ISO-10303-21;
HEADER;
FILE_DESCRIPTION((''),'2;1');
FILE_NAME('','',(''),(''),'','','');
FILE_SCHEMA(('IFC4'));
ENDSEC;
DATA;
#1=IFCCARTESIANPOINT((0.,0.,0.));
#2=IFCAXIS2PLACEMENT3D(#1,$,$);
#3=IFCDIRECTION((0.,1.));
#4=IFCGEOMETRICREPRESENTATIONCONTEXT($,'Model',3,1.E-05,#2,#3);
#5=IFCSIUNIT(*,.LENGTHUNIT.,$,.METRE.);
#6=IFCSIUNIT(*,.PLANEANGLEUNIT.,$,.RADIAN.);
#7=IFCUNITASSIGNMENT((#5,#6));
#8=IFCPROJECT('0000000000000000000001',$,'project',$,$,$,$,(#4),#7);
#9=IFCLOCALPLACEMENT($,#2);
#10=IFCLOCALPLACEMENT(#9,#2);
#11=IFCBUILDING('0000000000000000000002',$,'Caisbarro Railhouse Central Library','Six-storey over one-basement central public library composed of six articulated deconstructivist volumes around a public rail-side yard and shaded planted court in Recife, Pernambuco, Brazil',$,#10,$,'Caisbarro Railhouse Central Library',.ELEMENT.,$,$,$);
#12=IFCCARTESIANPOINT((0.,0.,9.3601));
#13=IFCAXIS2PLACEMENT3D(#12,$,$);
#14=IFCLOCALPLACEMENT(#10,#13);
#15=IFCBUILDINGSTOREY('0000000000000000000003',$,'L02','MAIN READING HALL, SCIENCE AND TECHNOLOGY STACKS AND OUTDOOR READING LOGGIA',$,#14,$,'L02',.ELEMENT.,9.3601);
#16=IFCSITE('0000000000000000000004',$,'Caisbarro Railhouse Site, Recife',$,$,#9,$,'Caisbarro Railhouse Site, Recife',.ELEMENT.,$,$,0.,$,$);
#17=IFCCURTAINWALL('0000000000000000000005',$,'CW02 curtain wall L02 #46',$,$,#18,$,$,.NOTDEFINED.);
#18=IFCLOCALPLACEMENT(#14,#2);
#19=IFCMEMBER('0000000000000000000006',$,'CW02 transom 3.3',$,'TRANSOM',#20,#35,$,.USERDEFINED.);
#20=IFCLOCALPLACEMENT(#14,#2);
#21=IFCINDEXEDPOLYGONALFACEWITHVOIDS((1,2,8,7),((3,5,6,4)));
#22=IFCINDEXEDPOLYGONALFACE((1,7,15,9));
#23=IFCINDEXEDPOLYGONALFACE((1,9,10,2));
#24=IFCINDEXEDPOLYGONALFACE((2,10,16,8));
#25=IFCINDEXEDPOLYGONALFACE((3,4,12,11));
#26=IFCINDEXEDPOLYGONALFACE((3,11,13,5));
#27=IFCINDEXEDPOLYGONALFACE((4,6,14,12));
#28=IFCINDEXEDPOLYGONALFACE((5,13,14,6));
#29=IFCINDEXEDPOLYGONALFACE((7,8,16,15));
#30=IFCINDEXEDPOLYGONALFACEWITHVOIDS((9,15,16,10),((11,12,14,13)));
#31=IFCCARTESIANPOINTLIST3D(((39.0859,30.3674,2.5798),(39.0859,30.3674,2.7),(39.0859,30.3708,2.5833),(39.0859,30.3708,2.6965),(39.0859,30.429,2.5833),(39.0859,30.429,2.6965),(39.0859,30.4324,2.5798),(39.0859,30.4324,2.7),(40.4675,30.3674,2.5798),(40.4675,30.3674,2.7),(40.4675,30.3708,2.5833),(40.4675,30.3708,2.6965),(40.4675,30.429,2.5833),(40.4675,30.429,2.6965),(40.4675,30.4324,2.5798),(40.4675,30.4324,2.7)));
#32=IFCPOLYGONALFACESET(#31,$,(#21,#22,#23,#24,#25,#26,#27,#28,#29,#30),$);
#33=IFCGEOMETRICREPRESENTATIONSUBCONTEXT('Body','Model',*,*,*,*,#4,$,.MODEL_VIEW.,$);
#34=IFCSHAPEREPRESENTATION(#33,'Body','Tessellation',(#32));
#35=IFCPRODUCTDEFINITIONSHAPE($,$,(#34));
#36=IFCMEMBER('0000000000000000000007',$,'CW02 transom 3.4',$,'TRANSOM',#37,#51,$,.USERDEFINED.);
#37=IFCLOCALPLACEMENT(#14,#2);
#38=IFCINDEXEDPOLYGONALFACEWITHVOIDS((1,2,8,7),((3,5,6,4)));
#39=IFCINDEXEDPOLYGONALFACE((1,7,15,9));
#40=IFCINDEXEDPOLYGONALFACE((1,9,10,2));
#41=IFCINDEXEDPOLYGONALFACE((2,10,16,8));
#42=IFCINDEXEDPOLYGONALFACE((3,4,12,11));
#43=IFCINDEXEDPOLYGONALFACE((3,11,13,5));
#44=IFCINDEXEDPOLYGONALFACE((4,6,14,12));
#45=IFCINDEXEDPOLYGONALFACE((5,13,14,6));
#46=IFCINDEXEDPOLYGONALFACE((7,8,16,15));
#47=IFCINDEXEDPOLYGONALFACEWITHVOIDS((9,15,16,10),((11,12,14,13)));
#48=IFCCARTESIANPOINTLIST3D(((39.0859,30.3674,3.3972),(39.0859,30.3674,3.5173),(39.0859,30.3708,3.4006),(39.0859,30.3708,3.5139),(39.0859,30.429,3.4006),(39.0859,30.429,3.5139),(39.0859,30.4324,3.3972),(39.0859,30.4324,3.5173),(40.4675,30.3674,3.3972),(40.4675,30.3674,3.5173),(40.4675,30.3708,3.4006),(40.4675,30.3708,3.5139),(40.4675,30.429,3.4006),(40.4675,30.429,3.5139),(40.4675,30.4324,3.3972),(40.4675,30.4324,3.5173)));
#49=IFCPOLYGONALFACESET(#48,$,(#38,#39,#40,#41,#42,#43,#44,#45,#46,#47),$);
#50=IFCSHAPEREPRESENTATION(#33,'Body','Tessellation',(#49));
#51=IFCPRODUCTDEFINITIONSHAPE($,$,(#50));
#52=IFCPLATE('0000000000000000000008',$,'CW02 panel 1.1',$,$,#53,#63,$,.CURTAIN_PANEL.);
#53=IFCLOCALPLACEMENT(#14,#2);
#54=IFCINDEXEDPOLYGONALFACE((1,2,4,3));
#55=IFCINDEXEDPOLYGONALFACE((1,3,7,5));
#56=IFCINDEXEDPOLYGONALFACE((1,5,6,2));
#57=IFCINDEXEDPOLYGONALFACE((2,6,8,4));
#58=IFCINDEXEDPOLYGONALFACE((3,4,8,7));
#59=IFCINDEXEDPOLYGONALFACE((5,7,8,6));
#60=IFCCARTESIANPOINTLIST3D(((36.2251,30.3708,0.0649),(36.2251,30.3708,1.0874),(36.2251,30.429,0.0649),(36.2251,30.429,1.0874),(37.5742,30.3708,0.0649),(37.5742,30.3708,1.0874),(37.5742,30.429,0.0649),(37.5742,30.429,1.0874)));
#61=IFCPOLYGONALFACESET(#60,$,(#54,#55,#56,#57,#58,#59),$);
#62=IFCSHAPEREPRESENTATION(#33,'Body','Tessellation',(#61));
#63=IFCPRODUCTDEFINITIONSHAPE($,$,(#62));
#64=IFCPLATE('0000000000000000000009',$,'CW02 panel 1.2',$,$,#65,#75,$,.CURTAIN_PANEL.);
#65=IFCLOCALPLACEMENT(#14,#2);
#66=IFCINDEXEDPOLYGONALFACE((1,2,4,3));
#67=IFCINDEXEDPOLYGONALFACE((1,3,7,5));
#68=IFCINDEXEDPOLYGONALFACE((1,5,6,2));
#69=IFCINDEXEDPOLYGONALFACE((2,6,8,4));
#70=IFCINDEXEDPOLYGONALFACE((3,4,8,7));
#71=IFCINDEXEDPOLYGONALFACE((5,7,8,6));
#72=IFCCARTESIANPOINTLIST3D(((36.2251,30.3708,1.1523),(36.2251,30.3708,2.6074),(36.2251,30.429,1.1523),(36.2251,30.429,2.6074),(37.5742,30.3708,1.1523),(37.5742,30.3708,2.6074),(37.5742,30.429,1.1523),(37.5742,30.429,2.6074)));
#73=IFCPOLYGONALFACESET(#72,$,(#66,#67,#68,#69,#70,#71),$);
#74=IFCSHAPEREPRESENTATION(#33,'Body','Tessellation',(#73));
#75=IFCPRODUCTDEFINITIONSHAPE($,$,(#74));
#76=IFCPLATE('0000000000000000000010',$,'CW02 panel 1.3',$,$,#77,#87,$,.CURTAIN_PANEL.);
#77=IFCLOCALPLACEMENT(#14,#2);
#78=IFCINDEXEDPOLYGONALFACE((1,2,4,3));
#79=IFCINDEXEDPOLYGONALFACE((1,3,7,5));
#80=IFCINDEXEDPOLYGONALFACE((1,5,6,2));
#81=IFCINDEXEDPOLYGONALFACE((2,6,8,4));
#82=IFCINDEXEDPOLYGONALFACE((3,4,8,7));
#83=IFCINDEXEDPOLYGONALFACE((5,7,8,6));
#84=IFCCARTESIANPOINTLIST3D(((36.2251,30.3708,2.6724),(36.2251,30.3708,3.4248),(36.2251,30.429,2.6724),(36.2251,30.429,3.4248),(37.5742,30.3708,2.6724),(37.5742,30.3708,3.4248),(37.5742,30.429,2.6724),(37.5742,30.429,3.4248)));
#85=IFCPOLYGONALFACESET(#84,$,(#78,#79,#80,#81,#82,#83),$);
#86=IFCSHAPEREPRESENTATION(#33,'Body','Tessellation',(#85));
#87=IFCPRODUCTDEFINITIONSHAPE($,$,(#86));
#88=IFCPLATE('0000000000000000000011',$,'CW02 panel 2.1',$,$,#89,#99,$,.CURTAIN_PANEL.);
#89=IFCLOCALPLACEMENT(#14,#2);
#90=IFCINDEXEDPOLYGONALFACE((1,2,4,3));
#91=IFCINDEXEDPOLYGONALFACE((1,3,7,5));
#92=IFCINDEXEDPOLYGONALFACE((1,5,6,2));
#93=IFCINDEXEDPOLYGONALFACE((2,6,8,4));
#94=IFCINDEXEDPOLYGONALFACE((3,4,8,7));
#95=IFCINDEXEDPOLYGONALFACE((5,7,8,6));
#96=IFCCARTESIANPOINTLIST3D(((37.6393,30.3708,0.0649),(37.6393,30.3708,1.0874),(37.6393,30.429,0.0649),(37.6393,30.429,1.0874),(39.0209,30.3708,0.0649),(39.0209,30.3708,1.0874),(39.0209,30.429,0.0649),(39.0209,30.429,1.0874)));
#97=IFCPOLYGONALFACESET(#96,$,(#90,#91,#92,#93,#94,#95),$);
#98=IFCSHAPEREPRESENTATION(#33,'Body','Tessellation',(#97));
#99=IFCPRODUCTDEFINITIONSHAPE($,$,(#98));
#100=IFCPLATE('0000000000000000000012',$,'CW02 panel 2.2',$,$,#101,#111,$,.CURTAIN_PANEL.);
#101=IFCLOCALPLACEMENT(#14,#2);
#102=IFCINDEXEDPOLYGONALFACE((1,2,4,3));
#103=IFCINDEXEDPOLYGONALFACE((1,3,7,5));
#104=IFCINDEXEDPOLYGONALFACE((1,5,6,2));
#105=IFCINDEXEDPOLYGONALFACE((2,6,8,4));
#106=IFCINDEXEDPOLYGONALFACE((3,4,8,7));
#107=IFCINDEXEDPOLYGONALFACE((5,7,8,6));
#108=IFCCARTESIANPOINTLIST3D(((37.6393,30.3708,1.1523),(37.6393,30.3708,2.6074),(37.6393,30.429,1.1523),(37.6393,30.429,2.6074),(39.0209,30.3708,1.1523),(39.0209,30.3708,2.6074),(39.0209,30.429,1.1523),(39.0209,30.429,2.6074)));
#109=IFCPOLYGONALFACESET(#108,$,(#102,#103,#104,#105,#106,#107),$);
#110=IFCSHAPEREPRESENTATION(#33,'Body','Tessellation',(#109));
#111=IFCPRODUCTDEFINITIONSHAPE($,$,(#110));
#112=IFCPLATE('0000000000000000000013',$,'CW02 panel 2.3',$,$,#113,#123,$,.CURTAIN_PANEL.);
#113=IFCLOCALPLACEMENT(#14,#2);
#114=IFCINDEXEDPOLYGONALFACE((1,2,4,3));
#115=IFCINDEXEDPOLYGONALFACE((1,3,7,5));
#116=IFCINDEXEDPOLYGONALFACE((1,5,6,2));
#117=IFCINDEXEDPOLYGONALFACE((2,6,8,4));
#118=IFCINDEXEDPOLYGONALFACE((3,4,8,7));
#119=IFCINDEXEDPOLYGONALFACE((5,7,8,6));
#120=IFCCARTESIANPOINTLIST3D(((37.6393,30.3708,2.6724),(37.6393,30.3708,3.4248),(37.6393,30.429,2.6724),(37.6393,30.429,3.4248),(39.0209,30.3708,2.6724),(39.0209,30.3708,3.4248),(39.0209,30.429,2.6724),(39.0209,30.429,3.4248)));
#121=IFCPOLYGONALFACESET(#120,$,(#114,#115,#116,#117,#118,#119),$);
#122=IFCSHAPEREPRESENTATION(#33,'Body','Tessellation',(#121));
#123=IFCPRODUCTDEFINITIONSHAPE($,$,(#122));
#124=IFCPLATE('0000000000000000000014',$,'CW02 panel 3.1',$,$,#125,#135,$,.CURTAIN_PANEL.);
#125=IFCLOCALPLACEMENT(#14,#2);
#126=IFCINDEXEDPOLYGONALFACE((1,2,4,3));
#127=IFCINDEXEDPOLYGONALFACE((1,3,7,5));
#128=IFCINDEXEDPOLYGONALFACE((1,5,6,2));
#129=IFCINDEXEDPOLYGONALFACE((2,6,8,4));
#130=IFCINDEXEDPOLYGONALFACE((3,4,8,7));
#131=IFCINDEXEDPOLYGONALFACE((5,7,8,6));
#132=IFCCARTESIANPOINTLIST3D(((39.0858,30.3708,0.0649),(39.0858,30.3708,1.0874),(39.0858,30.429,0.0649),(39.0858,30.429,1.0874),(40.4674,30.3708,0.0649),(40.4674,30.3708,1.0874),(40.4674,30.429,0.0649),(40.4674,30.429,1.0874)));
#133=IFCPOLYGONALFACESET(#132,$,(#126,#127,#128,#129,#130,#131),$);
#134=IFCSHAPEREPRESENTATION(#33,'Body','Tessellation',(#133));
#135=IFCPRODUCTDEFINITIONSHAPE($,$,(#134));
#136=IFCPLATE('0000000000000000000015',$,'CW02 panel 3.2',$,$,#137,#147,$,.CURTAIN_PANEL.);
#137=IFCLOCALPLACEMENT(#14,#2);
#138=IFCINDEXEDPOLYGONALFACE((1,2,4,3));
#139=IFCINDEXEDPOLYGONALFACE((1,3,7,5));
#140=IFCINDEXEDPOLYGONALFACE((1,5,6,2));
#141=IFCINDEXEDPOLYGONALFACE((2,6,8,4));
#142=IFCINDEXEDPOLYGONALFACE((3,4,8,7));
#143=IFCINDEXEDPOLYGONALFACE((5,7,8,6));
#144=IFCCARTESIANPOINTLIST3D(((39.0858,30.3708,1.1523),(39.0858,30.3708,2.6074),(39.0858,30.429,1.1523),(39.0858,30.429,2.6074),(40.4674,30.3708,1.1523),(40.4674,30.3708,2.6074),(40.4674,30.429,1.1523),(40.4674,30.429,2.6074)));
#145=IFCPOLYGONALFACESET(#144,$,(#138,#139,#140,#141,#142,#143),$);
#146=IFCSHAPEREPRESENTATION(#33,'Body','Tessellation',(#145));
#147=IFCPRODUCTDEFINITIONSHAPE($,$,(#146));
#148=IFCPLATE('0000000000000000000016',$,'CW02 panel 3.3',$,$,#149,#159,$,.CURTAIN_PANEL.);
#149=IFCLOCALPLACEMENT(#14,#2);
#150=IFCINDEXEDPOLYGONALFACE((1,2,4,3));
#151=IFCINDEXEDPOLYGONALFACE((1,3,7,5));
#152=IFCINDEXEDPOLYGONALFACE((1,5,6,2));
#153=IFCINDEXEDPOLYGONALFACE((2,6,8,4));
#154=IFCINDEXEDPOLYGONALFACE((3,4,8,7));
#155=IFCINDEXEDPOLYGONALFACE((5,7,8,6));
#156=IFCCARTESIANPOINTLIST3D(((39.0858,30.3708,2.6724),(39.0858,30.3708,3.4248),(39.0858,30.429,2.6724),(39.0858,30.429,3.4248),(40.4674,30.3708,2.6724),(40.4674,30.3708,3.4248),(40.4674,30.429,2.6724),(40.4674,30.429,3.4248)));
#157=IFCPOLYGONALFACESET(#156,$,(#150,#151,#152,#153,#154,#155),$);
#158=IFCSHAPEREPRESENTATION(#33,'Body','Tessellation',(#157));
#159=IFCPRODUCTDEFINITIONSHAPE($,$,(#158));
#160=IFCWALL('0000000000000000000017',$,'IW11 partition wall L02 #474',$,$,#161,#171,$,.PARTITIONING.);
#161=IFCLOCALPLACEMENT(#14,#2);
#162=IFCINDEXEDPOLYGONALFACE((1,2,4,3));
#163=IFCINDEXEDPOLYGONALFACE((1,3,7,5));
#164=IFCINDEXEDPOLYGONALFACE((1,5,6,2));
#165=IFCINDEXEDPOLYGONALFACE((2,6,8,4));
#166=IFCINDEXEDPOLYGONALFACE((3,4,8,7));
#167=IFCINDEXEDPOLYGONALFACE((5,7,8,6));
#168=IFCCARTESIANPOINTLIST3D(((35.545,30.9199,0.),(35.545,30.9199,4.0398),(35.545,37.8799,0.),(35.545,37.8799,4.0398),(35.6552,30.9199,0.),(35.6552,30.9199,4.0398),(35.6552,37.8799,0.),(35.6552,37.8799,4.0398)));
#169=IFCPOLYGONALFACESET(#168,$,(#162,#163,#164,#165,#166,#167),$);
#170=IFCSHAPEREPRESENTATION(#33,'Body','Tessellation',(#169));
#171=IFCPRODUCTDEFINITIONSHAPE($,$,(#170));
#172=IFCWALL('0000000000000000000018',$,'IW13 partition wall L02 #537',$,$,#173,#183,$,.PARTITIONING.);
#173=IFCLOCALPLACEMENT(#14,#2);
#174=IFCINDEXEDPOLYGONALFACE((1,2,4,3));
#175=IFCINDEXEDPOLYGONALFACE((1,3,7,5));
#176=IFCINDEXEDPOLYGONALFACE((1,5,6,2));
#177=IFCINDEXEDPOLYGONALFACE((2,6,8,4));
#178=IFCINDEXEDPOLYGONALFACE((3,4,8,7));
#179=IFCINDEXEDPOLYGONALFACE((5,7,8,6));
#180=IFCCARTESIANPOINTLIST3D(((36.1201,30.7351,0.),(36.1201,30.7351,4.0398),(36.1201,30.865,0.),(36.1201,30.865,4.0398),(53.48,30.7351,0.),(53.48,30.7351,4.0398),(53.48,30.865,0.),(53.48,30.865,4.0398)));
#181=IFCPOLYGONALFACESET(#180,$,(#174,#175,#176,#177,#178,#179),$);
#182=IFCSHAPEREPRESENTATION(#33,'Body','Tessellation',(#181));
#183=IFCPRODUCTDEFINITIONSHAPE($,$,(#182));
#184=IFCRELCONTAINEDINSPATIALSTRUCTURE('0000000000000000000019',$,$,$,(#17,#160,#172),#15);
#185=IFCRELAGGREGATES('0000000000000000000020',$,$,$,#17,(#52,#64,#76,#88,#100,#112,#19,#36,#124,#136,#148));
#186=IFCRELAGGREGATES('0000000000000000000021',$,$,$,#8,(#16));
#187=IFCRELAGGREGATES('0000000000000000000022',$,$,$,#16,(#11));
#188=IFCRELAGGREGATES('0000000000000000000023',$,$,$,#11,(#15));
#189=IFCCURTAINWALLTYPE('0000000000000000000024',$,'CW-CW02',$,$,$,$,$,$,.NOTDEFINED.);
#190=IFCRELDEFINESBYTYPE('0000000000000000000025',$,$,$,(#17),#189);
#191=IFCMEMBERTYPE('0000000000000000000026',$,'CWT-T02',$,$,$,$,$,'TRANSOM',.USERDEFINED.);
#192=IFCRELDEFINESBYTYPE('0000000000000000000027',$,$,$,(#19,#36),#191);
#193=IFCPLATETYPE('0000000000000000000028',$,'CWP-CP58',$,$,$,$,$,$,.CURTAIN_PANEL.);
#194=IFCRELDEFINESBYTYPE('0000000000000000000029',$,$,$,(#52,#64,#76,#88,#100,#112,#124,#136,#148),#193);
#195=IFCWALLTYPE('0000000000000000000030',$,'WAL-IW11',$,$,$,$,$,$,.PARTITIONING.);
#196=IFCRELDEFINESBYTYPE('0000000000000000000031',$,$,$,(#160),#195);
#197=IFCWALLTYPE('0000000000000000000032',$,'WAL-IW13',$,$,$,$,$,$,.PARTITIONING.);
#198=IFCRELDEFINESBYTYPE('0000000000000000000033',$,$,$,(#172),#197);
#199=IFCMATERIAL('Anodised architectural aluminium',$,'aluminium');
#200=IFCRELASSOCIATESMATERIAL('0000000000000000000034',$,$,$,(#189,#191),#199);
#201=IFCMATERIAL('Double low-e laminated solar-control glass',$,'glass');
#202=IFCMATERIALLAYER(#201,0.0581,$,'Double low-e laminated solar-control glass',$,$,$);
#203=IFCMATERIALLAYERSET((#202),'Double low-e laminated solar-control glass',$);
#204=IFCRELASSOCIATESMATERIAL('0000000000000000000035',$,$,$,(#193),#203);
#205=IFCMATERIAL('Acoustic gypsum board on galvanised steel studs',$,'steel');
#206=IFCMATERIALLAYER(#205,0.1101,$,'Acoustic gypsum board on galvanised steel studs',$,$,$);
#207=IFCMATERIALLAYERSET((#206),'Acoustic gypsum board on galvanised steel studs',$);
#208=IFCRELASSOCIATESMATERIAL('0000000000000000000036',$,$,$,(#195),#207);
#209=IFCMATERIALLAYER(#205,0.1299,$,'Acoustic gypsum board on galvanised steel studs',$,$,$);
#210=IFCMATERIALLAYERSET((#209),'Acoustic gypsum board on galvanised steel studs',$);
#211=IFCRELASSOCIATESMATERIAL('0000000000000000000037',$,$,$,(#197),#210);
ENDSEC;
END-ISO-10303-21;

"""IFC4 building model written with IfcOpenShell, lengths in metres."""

from ifc_helpers import new_model, si_unit, direction, frame, frame_2d, origin, origin_2d, place, context, subcontext, project, spatial, rectangle, hollow_rectangle, extrude, material, layer, layer_set, material_profile, profile_set, type_object, element, aggregate, save


model = new_model("IFC4")

# Units and contexts
model_context = context("Model", 3, precision=1e-05, world=origin(), true_north=direction((0.0, 1.0)))
body_context = subcontext(model_context, "Body", "Model", "MODEL_VIEW")
ifc_project = project(units=[si_unit("LENGTHUNIT", "METRE"), si_unit("PLANEANGLEUNIT", "RADIAN")], contexts=[model_context])

# Site, building, storey
site_placement = place(None, origin())
site = spatial("IfcSite", under=ifc_project, at=site_placement, Name="Caisbarro Railhouse Site, Recife", LongName="Caisbarro Railhouse Site, Recife", CompositionType="ELEMENT", RefElevation=0.0)
building_placement = place(site_placement, origin())
building = spatial("IfcBuilding", under=site, at=building_placement, Name="Caisbarro Railhouse Central Library", Description="Six-storey over one-basement central public library composed of six articulated deconstructivist volumes around a public rail-side yard and shaded planted court in Recife, Pernambuco, Brazil", LongName="Caisbarro Railhouse Central Library", CompositionType="ELEMENT")
storey_placement = place(building_placement, frame((0.0, 0.0, 9.3601)))
storey = spatial("IfcBuildingStorey", under=building, at=storey_placement, Name="L02", Description="MAIN READING HALL, SCIENCE AND TECHNOLOGY STACKS AND OUTDOOR READING LOGGIA", LongName="L02", CompositionType="ELEMENT", Elevation=9.3601)

# Curtain wall, members, plates
ifc_material_1 = material(Name="Anodised architectural aluminium", Category="aluminium")
curtain_wall_type = type_object("IfcCurtainWallType", Name="CW-CW02", PredefinedType="NOTDEFINED", material=ifc_material_1)
curtain_wall_placement = place(storey_placement, origin())
curtain_wall = element("IfcCurtainWall", 1, at=curtain_wall_placement, inside=storey, type_object=curtain_wall_type, Name="CW02 curtain wall L02 #46", PredefinedType="NOTDEFINED")
ifc_material_profile_1 = material_profile(ifc_material_1, hollow_rectangle(XDim=0.0649, YDim=0.1201, WallThickness=0.0034, at=origin_2d()), Name="ALU-TRN-65X120")
ifc_profile_set_1 = profile_set([ifc_material_profile_1], Name="Anodised architectural aluminium")
member_type_1 = type_object("IfcMemberType", Name="CWT-T02", ElementType="TRANSOM", PredefinedType="USERDEFINED", material=ifc_profile_set_1)
member_1_placement = place(storey_placement, frame((39.0859, 30.3999, 2.6399), z_axis=(1.0, 0.0, 0.0), x_axis=(0.0, 1.0, 0.0)))
member_1 = element("IfcMember", 2, at=member_1_placement, type_object=member_type_1, Name="CW02 transom 3.3", ObjectType="TRANSOM", PredefinedType="USERDEFINED", context=body_context, shape_type="SweptSolid", body=[
    extrude(hollow_rectangle(XDim=0.0649, YDim=0.1201, WallThickness=0.0034, at=origin_2d()), origin(), (0.0, 0.0, 1.0), 1.3816),
])
member_2_placement = place(storey_placement, frame((39.0859, 30.3999, 3.4573), z_axis=(1.0, 0.0, 0.0), x_axis=(0.0, 1.0, 0.0)))
member_2 = element("IfcMember", 3, at=member_2_placement, type_object=member_type_1, Name="CW02 transom 3.4", ObjectType="TRANSOM", PredefinedType="USERDEFINED", context=body_context, shape_type="SweptSolid", body=[
    extrude(hollow_rectangle(XDim=0.0649, YDim=0.1201, WallThickness=0.0034, at=origin_2d()), origin(), (0.0, 0.0, 1.0), 1.3816),
])
ifc_material_2 = material(Name="Double low-e laminated solar-control glass", Category="glass")
ifc_layer_1 = layer(ifc_material_2, 0.0581, Name="Double low-e laminated solar-control glass")
ifc_layer_set_1 = layer_set([ifc_layer_1], Name="Double low-e laminated solar-control glass")
plate_type = type_object("IfcPlateType", Name="CWP-CP58", PredefinedType="CURTAIN_PANEL", material=ifc_layer_set_1)
plate_1_placement = place(storey_placement, frame((36.8997, 30.3999, 0.0649), z_axis=(0.0, 0.0, 1.0), x_axis=(1.0, 0.0, 0.0)))
plate_1 = element("IfcPlate", 4, at=plate_1_placement, type_object=plate_type, Name="CW02 panel 1.1", PredefinedType="CURTAIN_PANEL", context=body_context, shape_type="SweptSolid", body=[
    extrude(rectangle(XDim=1.3491, YDim=0.0581, at=origin_2d()), origin(), (0.0, 0.0, 1.0), 1.0225),
])
plate_2_placement = place(storey_placement, frame((36.8997, 30.3999, 1.1523), z_axis=(0.0, 0.0, 1.0), x_axis=(1.0, 0.0, 0.0)))
plate_2 = element("IfcPlate", 5, at=plate_2_placement, type_object=plate_type, Name="CW02 panel 1.2", PredefinedType="CURTAIN_PANEL", context=body_context, shape_type="SweptSolid", body=[
    extrude(rectangle(XDim=1.3491, YDim=0.0581, at=origin_2d()), origin(), (0.0, 0.0, 1.0), 1.4551),
])
plate_3_placement = place(storey_placement, frame((36.8997, 30.3999, 2.6724), z_axis=(0.0, 0.0, 1.0), x_axis=(1.0, 0.0, 0.0)))
plate_3 = element("IfcPlate", 6, at=plate_3_placement, type_object=plate_type, Name="CW02 panel 1.3", PredefinedType="CURTAIN_PANEL", context=body_context, shape_type="SweptSolid", body=[
    extrude(rectangle(XDim=1.3491, YDim=0.0581, at=origin_2d()), origin(), (0.0, 0.0, 1.0), 0.7524),
])
plate_4_placement = place(storey_placement, frame((38.3301, 30.3999, 0.0649), z_axis=(0.0, 0.0, 1.0), x_axis=(1.0, 0.0, 0.0)))
plate_4 = element("IfcPlate", 7, at=plate_4_placement, type_object=plate_type, Name="CW02 panel 2.1", PredefinedType="CURTAIN_PANEL", context=body_context, shape_type="SweptSolid", body=[
    extrude(rectangle(XDim=1.3816, YDim=0.0581, at=origin_2d()), origin(), (0.0, 0.0, 1.0), 1.0225),
])
plate_5_placement = place(storey_placement, frame((38.3301, 30.3999, 1.1523), z_axis=(0.0, 0.0, 1.0), x_axis=(1.0, 0.0, 0.0)))
plate_5 = element("IfcPlate", 8, at=plate_5_placement, type_object=plate_type, Name="CW02 panel 2.2", PredefinedType="CURTAIN_PANEL", context=body_context, shape_type="SweptSolid", body=[
    extrude(rectangle(XDim=1.3816, YDim=0.0581, at=origin_2d()), origin(), (0.0, 0.0, 1.0), 1.4551),
])
plate_6_placement = place(storey_placement, frame((38.3301, 30.3999, 2.6724), z_axis=(0.0, 0.0, 1.0), x_axis=(1.0, 0.0, 0.0)))
plate_6 = element("IfcPlate", 9, at=plate_6_placement, type_object=plate_type, Name="CW02 panel 2.3", PredefinedType="CURTAIN_PANEL", context=body_context, shape_type="SweptSolid", body=[
    extrude(rectangle(XDim=1.3816, YDim=0.0581, at=origin_2d()), origin(), (0.0, 0.0, 1.0), 0.7524),
])
plate_7_placement = place(storey_placement, frame((39.7766, 30.3999, 0.0649), z_axis=(0.0, 0.0, 1.0), x_axis=(1.0, 0.0, 0.0)))
plate_7 = element("IfcPlate", 10, at=plate_7_placement, type_object=plate_type, Name="CW02 panel 3.1", PredefinedType="CURTAIN_PANEL", context=body_context, shape_type="SweptSolid", body=[
    extrude(rectangle(XDim=1.3816, YDim=0.0581, at=origin_2d()), origin(), (0.0, 0.0, 1.0), 1.0225),
])
plate_8_placement = place(storey_placement, frame((39.7766, 30.3999, 1.1523), z_axis=(0.0, 0.0, 1.0), x_axis=(1.0, 0.0, 0.0)))
plate_8 = element("IfcPlate", 11, at=plate_8_placement, type_object=plate_type, Name="CW02 panel 3.2", PredefinedType="CURTAIN_PANEL", context=body_context, shape_type="SweptSolid", body=[
    extrude(rectangle(XDim=1.3816, YDim=0.0581, at=origin_2d()), origin(), (0.0, 0.0, 1.0), 1.4551),
])
plate_9_placement = place(storey_placement, frame((39.7766, 30.3999, 2.6724), z_axis=(0.0, 0.0, 1.0), x_axis=(1.0, 0.0, 0.0)))
plate_9 = element("IfcPlate", 12, at=plate_9_placement, type_object=plate_type, Name="CW02 panel 3.3", PredefinedType="CURTAIN_PANEL", context=body_context, shape_type="SweptSolid", body=[
    extrude(rectangle(XDim=1.3816, YDim=0.0581, at=origin_2d()), origin(), (0.0, 0.0, 1.0), 0.7524),
])
aggregate(curtain_wall, [plate_1, plate_2, plate_3, plate_4, plate_5, plate_6, member_1, member_2, plate_7, plate_8, plate_9])

# Walls
ifc_material_3 = material(Name="Acoustic gypsum board on galvanised steel studs", Category="steel")
ifc_layer_2 = layer(ifc_material_3, 0.1101, Name="Acoustic gypsum board on galvanised steel studs")
ifc_layer_set_2 = layer_set([ifc_layer_2], Name="Acoustic gypsum board on galvanised steel studs")
wall_type_1 = type_object("IfcWallType", Name="WAL-IW11", PredefinedType="PARTITIONING", material=ifc_layer_set_2)
wall_1_placement = place(storey_placement, frame((35.6001, 30.9199, 0.0), z_axis=(0.0, 0.0, 1.0), x_axis=(0.0, 1.0, 0.0)))
element("IfcWall", 13, at=wall_1_placement, inside=storey, type_object=wall_type_1, Name="IW11 partition wall L02 #474", PredefinedType="PARTITIONING", context=body_context, shape_type="SweptSolid", body=[
    extrude(rectangle(XDim=6.96, YDim=0.1101, at=frame_2d((3.48, 0.0))), origin(), (0.0, 0.0, 1.0), 4.0398),
])
ifc_layer_3 = layer(ifc_material_3, 0.1299, Name="Acoustic gypsum board on galvanised steel studs")
ifc_layer_set_3 = layer_set([ifc_layer_3], Name="Acoustic gypsum board on galvanised steel studs")
wall_type_2 = type_object("IfcWallType", Name="WAL-IW13", PredefinedType="PARTITIONING", material=ifc_layer_set_3)
wall_2_placement = place(storey_placement, frame((36.1201, 30.8, 0.0), z_axis=(0.0, 0.0, 1.0), x_axis=(1.0, 0.0, 0.0)))
element("IfcWall", 14, at=wall_2_placement, inside=storey, type_object=wall_type_2, Name="IW13 partition wall L02 #537", PredefinedType="PARTITIONING", context=body_context, shape_type="SweptSolid", body=[
    extrude(rectangle(XDim=17.3599, YDim=0.1299, at=frame_2d((8.6799, 0.0))), origin(), (0.0, 0.0, 1.0), 4.0398),
])

save(model, "model.ifc")
